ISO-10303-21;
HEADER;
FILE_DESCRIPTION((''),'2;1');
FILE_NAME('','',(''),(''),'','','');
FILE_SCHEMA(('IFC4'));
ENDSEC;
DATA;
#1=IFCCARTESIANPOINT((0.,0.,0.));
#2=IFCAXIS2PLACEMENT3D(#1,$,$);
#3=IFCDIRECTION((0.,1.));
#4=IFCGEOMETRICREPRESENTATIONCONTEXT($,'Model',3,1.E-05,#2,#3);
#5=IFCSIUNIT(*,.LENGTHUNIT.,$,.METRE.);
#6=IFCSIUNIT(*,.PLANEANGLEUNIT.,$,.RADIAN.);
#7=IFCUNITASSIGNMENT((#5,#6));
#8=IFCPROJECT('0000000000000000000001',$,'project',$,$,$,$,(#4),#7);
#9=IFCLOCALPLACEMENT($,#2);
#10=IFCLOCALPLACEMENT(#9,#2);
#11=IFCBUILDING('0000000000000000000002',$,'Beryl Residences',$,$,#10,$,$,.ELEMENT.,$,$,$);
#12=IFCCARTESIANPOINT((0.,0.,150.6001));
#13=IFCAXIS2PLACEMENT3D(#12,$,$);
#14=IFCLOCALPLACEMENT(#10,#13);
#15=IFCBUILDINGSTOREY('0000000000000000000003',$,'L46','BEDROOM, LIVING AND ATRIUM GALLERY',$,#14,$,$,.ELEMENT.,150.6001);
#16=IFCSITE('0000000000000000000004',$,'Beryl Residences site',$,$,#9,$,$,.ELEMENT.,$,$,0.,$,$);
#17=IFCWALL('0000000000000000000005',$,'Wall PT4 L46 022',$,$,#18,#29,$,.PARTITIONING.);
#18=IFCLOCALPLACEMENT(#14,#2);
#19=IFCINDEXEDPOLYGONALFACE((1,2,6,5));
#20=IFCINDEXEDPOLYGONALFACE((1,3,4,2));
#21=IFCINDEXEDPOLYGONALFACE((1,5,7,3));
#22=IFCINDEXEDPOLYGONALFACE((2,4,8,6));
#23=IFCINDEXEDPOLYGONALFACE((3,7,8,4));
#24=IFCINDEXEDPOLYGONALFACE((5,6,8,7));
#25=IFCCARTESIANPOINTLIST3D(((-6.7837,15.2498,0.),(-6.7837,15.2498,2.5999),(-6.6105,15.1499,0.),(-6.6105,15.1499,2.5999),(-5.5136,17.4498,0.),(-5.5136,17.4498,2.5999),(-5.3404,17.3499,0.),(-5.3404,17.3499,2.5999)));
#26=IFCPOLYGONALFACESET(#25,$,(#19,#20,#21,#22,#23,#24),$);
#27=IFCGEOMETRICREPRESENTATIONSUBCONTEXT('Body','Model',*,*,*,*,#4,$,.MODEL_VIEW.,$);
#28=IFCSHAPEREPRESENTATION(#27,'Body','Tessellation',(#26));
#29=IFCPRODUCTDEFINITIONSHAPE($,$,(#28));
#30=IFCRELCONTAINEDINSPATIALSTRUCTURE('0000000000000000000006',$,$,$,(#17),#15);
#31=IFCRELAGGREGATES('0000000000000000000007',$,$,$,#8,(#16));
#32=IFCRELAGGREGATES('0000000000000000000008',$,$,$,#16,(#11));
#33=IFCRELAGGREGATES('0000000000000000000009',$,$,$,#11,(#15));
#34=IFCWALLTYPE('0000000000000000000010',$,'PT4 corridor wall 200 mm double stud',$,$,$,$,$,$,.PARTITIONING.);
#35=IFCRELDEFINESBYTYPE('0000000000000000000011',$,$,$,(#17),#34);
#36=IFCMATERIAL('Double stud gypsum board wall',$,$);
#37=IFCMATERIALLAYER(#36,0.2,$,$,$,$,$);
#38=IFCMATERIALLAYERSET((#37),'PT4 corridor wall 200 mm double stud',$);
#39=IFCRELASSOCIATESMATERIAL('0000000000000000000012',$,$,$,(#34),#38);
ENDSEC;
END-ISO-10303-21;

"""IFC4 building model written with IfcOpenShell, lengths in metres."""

from ifc_helpers import new_model, si_unit, direction, frame, frame_2d, origin, place, context, subcontext, project, spatial, rectangle, extrude, material, layer, layer_set, type_object, element, save


model = new_model("IFC4")

# Units and contexts
model_context = context("Model", 3, precision=1e-05, world=origin(), true_north=direction((0.0, 1.0)))
body_context = subcontext(model_context, "Body", "Model", "MODEL_VIEW")
ifc_project = project(units=[si_unit("LENGTHUNIT", "METRE"), si_unit("PLANEANGLEUNIT", "RADIAN")], contexts=[model_context])

# Site, building, storey
site_placement = place(None, origin())
site = spatial("IfcSite", under=ifc_project, at=site_placement, Name="Beryl Residences site", CompositionType="ELEMENT", RefElevation=0.0)
building_placement = place(site_placement, origin())
building = spatial("IfcBuilding", under=site, at=building_placement, Name="Beryl Residences", CompositionType="ELEMENT")
storey_placement = place(building_placement, frame((0.0, 0.0, 150.6001)))
storey = spatial("IfcBuildingStorey", under=building, at=storey_placement, Name="L46", Description="BEDROOM, LIVING AND ATRIUM GALLERY", CompositionType="ELEMENT", Elevation=150.6001)

# Shared definitions
ifc_material_1 = material(Name="Double stud gypsum board wall")
ifc_layer_1 = layer(ifc_material_1, 0.2)
ifc_layer_set_1 = layer_set([ifc_layer_1], Name="PT4 corridor wall 200 mm double stud")
wall_type_1 = type_object("IfcWallType", Name="PT4 corridor wall 200 mm double stud", PredefinedType="PARTITIONING", material=ifc_layer_set_1)

# Wall
wall_1_placement = place(storey_placement, frame((-6.697, 15.2, 0.0), z_axis=(0.0, 0.0, 1.0), x_axis=(0.499964, 0.866046, 0.0)))
element("IfcWall", 1, at=wall_1_placement, inside=storey, type_object=wall_type_1, Name="Wall PT4 L46 022", PredefinedType="PARTITIONING", context=body_context, shape_type="SweptSolid", body=[
    extrude(rectangle(XDim=2.5403, YDim=0.2, at=frame_2d((1.27, 0.0))), origin(), (0.0, 0.0, 1.0), 2.5999),
])

save(model, "model.ifc")
